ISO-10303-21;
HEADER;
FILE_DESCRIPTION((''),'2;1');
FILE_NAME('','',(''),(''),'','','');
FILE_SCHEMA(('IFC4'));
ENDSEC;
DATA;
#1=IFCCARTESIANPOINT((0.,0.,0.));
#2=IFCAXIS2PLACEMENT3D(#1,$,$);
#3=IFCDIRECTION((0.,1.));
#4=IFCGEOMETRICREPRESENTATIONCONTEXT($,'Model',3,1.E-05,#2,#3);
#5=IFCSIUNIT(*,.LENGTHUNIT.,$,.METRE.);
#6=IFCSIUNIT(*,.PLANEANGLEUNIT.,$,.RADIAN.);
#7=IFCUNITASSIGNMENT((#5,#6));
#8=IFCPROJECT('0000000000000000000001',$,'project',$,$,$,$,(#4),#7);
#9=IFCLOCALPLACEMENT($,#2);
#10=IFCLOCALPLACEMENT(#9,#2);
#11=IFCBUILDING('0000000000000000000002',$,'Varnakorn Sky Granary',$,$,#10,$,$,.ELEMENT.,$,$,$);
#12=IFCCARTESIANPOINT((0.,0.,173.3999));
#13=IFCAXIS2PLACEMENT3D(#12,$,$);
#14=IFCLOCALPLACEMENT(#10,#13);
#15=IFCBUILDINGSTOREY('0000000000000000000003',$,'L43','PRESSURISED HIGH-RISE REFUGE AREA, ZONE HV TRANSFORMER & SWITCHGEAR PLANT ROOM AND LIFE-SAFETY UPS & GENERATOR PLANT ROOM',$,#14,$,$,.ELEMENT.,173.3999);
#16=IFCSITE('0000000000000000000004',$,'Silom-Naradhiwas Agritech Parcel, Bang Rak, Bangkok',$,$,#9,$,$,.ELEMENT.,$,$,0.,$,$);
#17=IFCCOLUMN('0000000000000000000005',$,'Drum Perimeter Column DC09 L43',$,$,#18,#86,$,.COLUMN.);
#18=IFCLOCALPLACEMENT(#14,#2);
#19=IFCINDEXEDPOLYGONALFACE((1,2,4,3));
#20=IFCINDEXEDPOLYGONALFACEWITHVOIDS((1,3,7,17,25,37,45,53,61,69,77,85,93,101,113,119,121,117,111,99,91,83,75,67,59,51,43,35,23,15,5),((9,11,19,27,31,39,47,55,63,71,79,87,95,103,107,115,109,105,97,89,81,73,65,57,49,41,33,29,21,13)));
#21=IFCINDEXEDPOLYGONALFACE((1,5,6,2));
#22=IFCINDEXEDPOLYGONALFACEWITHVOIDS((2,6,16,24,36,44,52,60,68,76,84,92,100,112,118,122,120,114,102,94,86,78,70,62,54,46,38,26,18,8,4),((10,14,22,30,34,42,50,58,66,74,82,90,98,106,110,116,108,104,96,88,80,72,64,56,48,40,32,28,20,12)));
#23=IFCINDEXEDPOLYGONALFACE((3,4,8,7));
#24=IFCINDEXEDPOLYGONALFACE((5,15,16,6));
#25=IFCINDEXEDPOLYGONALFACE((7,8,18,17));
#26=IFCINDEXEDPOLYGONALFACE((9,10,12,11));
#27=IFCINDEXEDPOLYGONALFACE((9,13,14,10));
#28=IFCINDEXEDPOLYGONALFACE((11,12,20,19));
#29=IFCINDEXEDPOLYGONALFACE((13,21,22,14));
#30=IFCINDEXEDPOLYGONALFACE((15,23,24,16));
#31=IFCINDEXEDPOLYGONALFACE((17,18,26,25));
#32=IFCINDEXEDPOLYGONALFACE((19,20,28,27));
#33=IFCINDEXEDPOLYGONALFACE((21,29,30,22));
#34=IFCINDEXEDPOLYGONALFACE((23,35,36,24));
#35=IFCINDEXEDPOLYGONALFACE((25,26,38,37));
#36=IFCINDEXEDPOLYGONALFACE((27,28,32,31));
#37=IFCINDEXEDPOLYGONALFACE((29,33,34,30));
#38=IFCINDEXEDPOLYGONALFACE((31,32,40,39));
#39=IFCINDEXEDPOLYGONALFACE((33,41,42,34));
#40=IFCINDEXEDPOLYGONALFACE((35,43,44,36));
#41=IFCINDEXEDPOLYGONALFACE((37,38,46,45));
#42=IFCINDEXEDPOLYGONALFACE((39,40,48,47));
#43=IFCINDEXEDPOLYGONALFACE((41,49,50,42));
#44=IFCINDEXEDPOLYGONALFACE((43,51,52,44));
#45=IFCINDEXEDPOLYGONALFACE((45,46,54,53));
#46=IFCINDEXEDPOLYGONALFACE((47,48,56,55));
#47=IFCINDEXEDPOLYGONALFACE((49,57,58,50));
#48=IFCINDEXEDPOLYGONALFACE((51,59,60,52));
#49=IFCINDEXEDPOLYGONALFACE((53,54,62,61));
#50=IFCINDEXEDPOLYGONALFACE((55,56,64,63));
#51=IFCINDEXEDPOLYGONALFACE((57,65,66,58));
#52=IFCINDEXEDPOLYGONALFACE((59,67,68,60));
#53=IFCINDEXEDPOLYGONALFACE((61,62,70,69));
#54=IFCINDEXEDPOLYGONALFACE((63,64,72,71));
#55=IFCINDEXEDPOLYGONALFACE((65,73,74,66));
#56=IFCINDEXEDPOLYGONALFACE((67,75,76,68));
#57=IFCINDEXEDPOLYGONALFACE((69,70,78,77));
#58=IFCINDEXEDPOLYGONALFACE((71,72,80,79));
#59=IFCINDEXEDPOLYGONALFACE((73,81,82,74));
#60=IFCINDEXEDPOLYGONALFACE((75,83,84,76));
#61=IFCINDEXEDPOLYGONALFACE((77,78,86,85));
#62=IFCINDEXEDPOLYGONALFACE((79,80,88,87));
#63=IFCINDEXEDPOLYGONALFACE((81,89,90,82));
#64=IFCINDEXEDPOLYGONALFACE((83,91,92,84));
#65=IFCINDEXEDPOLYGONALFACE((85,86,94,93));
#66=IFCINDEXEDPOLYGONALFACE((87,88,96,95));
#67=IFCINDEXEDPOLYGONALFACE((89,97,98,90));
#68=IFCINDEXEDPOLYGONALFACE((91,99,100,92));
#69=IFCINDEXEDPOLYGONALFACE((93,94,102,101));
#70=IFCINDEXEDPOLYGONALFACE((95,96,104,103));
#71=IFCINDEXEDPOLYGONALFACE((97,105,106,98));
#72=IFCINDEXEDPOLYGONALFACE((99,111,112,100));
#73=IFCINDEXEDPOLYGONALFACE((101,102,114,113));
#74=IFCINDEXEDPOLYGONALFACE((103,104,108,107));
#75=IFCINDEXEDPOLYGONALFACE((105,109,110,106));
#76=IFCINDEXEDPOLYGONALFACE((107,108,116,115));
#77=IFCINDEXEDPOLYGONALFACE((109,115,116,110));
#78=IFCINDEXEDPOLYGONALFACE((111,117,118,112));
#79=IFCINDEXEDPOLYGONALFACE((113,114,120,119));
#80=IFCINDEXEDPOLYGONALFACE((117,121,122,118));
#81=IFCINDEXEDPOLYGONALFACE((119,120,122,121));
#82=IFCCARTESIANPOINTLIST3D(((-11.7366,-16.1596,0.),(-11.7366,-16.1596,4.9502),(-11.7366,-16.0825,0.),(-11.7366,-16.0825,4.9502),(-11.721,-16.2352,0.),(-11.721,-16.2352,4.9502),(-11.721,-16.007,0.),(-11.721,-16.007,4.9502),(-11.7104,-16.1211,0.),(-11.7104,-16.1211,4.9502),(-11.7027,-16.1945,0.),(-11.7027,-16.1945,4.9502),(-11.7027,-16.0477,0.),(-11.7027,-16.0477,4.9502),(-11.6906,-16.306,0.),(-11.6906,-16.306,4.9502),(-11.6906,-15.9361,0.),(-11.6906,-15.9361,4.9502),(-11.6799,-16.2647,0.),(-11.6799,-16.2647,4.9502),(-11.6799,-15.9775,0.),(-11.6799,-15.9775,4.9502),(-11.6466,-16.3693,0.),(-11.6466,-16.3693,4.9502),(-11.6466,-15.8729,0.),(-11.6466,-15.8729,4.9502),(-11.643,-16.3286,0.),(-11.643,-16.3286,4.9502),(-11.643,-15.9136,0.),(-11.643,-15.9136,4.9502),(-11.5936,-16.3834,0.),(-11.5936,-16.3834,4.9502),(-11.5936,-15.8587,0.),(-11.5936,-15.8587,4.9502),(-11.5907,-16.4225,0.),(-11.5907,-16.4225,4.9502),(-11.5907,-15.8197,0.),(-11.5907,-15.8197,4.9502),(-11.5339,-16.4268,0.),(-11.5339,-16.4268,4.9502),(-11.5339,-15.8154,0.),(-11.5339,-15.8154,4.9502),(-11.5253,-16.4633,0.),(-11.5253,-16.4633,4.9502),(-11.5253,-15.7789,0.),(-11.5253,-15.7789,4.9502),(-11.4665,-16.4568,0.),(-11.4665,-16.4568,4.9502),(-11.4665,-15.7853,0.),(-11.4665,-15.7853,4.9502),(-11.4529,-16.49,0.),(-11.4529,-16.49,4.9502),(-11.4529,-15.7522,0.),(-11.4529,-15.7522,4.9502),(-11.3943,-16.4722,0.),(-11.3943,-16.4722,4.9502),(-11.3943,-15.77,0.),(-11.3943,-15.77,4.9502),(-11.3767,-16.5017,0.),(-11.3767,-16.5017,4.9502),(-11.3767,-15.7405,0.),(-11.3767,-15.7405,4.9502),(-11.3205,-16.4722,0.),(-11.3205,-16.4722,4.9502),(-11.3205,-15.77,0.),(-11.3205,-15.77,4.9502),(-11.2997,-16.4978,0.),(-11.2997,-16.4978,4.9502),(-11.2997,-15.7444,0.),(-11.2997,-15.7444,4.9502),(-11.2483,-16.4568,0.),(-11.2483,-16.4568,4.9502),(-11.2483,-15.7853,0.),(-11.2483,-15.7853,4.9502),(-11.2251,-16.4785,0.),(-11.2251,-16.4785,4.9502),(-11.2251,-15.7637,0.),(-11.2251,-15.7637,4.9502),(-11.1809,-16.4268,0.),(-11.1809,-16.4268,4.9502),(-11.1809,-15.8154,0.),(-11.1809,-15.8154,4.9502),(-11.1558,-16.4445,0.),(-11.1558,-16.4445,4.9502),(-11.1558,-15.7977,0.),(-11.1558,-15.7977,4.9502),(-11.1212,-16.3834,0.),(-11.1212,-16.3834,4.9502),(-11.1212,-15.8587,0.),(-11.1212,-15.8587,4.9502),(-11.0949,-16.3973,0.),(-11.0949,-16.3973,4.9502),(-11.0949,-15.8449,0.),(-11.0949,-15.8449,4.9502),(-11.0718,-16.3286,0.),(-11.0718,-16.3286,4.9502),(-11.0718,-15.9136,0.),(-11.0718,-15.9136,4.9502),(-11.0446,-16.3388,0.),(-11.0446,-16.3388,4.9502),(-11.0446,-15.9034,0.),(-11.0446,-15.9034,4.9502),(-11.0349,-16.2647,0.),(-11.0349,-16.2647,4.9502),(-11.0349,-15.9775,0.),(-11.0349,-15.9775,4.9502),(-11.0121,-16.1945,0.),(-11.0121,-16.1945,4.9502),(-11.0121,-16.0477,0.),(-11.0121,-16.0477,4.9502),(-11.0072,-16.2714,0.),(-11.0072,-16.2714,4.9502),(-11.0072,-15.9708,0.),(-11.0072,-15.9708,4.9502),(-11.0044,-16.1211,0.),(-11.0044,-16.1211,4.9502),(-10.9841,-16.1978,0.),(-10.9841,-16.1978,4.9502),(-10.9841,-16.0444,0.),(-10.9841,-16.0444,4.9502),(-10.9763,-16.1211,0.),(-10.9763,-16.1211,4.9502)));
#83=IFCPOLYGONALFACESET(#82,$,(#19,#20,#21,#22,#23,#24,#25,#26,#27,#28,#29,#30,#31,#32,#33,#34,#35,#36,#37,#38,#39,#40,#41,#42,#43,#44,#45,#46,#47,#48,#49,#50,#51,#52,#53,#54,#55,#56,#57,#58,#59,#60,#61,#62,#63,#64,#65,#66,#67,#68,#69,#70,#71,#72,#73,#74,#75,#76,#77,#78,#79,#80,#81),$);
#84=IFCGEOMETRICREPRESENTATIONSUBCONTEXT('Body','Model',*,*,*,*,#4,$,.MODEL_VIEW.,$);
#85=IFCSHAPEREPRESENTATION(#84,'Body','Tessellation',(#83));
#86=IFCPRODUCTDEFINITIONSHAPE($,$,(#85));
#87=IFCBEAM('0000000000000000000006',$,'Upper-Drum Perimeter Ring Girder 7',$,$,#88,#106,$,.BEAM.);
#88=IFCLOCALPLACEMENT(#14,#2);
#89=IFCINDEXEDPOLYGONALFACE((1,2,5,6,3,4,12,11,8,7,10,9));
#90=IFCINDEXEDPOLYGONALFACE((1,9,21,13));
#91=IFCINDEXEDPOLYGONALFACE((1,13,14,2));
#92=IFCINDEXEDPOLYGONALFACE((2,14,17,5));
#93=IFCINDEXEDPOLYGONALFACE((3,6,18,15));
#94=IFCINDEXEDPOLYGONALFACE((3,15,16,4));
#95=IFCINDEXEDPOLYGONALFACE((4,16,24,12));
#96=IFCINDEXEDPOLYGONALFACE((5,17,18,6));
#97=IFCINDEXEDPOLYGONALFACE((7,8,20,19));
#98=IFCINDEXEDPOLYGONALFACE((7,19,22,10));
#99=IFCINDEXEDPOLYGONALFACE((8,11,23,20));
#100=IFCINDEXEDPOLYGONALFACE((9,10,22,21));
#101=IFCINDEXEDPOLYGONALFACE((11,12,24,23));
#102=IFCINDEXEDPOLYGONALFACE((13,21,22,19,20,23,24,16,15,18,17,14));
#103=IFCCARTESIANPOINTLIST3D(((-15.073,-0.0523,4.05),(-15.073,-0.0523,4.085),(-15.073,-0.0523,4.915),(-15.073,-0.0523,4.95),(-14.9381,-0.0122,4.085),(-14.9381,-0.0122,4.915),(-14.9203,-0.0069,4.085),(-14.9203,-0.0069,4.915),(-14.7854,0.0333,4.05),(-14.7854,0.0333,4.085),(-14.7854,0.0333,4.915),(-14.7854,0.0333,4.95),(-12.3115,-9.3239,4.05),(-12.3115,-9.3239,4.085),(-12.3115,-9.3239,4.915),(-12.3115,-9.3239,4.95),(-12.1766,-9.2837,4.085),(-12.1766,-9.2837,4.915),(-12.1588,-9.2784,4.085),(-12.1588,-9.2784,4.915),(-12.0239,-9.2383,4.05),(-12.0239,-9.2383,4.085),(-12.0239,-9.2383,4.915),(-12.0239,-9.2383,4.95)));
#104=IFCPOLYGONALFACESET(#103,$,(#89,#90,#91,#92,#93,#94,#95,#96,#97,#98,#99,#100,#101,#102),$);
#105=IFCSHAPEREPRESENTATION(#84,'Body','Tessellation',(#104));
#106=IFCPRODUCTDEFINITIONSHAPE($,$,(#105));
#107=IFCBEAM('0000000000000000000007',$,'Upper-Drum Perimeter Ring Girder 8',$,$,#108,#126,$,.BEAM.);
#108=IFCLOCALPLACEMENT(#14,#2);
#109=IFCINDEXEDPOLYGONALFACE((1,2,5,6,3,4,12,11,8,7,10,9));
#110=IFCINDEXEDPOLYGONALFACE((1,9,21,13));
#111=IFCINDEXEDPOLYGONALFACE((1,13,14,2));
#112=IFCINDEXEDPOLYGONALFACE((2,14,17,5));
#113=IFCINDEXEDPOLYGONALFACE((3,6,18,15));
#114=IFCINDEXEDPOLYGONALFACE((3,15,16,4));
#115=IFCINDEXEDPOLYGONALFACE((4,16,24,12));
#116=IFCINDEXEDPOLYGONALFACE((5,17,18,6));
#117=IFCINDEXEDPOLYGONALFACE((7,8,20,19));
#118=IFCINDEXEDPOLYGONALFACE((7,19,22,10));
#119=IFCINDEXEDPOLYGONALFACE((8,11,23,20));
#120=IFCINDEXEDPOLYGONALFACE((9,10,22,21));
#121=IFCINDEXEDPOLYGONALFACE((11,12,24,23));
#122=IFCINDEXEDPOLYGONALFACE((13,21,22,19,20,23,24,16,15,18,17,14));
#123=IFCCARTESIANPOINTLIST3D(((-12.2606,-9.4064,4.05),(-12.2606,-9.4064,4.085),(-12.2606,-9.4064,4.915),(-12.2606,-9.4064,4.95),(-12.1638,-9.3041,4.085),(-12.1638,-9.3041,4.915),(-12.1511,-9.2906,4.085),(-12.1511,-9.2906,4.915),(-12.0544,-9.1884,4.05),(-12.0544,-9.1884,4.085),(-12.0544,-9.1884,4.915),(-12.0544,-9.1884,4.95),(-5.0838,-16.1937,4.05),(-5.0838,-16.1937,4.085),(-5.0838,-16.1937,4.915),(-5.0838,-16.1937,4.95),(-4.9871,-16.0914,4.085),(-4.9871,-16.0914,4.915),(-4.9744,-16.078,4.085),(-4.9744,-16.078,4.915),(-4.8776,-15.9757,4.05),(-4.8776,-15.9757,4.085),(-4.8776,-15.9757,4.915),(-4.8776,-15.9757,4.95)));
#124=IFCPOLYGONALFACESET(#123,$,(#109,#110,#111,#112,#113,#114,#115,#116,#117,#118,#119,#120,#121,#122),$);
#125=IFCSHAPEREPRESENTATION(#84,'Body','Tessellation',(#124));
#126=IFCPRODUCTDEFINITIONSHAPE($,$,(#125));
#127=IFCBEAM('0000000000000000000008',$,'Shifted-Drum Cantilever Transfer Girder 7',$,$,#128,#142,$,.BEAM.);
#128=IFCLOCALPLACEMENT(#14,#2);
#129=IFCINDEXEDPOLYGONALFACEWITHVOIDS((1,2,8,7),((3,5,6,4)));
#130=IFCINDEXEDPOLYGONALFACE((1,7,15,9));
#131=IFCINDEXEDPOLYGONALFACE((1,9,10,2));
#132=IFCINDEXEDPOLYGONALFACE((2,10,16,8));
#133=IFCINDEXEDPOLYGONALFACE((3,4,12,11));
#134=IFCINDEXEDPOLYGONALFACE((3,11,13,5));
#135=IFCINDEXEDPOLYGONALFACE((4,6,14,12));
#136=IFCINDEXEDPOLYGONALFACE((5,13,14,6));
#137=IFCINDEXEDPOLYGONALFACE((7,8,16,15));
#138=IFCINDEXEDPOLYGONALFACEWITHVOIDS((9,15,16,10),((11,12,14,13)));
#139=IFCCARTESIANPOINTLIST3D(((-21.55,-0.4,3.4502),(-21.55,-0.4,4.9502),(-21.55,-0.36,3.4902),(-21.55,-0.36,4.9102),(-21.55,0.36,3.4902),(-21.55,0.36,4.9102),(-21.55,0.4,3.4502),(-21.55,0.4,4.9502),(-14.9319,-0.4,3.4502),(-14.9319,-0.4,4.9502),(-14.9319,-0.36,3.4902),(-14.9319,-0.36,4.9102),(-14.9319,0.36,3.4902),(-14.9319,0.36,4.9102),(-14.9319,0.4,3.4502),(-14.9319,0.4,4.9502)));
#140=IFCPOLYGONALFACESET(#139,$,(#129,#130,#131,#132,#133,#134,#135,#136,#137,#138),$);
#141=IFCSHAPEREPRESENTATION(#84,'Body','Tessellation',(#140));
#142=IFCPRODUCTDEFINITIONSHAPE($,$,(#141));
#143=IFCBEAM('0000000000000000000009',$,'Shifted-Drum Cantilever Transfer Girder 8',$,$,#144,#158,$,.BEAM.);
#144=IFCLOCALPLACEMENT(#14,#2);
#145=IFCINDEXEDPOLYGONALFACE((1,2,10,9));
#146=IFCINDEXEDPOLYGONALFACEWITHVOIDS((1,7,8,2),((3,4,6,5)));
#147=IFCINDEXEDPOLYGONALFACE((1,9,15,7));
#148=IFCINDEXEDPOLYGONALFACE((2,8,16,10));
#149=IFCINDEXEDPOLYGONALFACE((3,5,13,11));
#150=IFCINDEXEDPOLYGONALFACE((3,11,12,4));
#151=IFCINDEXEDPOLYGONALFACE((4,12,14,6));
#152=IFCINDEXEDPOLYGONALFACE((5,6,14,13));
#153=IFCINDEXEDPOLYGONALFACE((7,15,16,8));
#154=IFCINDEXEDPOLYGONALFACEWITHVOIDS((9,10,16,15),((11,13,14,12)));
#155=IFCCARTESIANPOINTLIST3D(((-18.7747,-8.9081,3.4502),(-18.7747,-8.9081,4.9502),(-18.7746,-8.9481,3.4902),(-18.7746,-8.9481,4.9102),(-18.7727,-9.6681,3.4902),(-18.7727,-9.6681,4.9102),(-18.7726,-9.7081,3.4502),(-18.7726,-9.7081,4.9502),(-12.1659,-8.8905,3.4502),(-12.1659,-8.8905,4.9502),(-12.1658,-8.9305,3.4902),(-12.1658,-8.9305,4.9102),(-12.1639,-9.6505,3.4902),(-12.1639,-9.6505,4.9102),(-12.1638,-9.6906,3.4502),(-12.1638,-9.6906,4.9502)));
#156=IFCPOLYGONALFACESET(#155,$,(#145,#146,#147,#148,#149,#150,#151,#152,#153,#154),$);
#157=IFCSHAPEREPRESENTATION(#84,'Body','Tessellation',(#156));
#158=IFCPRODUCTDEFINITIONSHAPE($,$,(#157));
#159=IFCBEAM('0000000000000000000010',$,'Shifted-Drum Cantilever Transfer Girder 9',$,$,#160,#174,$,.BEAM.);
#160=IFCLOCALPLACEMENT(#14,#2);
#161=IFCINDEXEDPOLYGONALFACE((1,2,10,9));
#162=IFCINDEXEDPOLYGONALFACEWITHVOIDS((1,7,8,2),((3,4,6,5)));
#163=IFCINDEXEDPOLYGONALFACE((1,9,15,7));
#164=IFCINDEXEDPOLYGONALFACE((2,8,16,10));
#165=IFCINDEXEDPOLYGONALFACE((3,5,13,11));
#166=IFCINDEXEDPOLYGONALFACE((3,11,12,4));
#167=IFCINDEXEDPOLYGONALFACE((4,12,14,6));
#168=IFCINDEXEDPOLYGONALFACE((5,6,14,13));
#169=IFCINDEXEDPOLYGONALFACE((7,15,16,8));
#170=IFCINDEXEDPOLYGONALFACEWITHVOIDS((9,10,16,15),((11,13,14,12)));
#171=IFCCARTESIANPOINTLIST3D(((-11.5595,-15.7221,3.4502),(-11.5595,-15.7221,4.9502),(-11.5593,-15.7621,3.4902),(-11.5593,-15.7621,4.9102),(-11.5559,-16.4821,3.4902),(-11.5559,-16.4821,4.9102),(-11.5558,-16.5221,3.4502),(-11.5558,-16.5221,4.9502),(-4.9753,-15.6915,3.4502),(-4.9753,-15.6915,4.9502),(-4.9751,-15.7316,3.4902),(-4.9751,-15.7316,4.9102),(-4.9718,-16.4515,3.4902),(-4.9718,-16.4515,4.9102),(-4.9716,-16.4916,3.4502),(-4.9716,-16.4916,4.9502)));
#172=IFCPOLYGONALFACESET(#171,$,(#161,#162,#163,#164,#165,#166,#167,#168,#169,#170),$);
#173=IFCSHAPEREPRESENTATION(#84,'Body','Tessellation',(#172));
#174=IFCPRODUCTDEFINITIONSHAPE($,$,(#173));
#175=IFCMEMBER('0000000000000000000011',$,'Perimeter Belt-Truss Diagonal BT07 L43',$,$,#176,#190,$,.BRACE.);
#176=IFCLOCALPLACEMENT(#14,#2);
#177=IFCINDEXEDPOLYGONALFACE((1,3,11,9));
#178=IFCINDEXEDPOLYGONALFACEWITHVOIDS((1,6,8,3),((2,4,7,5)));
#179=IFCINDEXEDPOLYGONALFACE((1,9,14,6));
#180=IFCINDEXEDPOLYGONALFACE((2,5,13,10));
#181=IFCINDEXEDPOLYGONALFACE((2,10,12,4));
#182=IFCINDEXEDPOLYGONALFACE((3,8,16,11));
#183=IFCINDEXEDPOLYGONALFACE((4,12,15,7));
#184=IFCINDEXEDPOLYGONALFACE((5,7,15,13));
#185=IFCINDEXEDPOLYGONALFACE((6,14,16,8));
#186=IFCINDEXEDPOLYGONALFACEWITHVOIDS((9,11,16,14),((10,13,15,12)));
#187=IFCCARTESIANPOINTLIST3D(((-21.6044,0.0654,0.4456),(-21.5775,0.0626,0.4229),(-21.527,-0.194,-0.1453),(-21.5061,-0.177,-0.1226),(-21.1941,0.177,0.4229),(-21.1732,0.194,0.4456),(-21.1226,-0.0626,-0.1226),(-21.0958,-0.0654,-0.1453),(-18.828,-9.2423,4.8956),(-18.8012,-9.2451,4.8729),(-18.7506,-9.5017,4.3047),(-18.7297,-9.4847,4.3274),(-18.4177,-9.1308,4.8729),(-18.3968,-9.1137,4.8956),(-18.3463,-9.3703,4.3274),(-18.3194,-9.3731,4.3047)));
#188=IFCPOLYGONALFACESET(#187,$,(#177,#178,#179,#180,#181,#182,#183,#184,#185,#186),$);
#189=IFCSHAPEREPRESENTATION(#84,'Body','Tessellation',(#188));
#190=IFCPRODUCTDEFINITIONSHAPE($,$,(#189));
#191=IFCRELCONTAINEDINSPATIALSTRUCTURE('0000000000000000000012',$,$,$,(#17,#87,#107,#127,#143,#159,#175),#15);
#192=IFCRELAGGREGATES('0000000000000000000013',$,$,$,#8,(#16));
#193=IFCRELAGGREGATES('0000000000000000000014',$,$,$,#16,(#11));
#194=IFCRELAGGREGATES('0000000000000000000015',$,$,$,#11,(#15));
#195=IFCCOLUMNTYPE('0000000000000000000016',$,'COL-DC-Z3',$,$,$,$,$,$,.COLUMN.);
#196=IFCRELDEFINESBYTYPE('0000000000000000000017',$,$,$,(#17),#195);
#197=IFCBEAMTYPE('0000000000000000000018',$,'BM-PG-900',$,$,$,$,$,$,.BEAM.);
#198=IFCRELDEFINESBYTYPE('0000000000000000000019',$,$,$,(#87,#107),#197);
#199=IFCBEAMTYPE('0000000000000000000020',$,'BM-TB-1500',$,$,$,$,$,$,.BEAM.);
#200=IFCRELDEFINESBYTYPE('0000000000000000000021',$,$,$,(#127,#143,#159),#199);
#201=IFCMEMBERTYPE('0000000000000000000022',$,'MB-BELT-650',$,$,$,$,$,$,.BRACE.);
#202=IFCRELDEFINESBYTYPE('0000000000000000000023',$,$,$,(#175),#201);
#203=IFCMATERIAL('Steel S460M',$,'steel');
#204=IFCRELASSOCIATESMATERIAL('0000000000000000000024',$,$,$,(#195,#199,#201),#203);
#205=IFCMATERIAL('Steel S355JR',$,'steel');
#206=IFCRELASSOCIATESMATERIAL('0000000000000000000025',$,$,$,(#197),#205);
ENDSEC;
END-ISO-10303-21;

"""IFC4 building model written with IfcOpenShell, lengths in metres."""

from ifc_helpers import new_model, si_unit, direction, frame, origin, origin_2d, place, context, subcontext, project, spatial, hollow_rectangle, hollow_circle, i_section, extrude, material, material_profile, profile_set, type_object, element, save


model = new_model("IFC4")

# Units and contexts
model_context = context("Model", 3, precision=1e-05, world=origin(), true_north=direction((0.0, 1.0)))
body_context = subcontext(model_context, "Body", "Model", "MODEL_VIEW")
ifc_project = project(units=[si_unit("LENGTHUNIT", "METRE"), si_unit("PLANEANGLEUNIT", "RADIAN")], contexts=[model_context])

# Site, building, storey
site_placement = place(None, origin())
site = spatial("IfcSite", under=ifc_project, at=site_placement, Name="Silom-Naradhiwas Agritech Parcel, Bang Rak, Bangkok", CompositionType="ELEMENT", RefElevation=0.0)
building_placement = place(site_placement, origin())
building = spatial("IfcBuilding", under=site, at=building_placement, Name="Varnakorn Sky Granary", CompositionType="ELEMENT")
storey_placement = place(building_placement, frame((0.0, 0.0, 173.3999)))
storey = spatial("IfcBuildingStorey", under=building, at=storey_placement, Name="L43", Description="PRESSURISED HIGH-RISE REFUGE AREA, ZONE HV TRANSFORMER & SWITCHGEAR PLANT ROOM AND LIFE-SAFETY UPS & GENERATOR PLANT ROOM", CompositionType="ELEMENT", Elevation=173.3999)

# Column
ifc_material_1 = material(Name="Steel S460M", Category="steel")
ifc_material_profile_1 = material_profile(ifc_material_1, hollow_circle(Radius=0.3811, WallThickness=0.0281, at=origin_2d()), Name="CHS 762x28")
ifc_profile_set_1 = profile_set([ifc_material_profile_1], Name="Steel S460M")
column_type = type_object("IfcColumnType", Name="COL-DC-Z3", PredefinedType="COLUMN", material=ifc_profile_set_1)
for number, where, z_axis, x_axis, name in (
    (1, (-11.3574, -16.1211, 0.0), (0.0, 0.0, 1.0), (1.0, 0.0, 0.0), "Drum Perimeter Column DC09 L43"),
):
    element("IfcColumn", number, at=place(storey_placement, frame(where, z_axis=z_axis, x_axis=x_axis)), inside=storey, type_object=column_type, Name=name, PredefinedType="COLUMN", context=body_context, shape_type="SweptSolid", body=[
        extrude(hollow_circle(Radius=0.3811, WallThickness=0.0281, at=origin_2d()), origin(), (0.0, 0.0, 1.0), 4.9502),
    ])

# Beams
ifc_material_2 = material(Name="Steel S355JR", Category="steel")
ifc_material_profile_2 = material_profile(ifc_material_2, i_section(OverallWidth=0.3, OverallDepth=0.8999, WebThickness=0.0186, FlangeThickness=0.0349, at=origin_2d()), Name="HE 900 B")
ifc_profile_set_2 = profile_set([ifc_material_profile_2], Name="Steel S355JR")
beam_type_1 = type_object("IfcBeamType", Name="BM-PG-900", PredefinedType="BEAM", material=ifc_profile_set_2)
beam_1_placement = place(storey_placement, frame((-14.9292, -0.0095, 4.5), z_axis=(0.285453, -0.958393, 0.0), x_axis=(0.958393, 0.285453, 0.0)))
element("IfcBeam", 2, at=beam_1_placement, inside=storey, type_object=beam_type_1, Name="Upper-Drum Perimeter Ring Girder 7", PredefinedType="BEAM", context=body_context, shape_type="SweptSolid", body=[
    extrude(i_section(OverallWidth=0.3, OverallDepth=0.8999, WebThickness=0.0186, FlangeThickness=0.0349, at=origin_2d()), origin(), (0.0, 0.0, 1.0), 9.6741),
])
beam_2_placement = place(storey_placement, frame((-12.1575, -9.2974, 4.5), z_axis=(0.726543, -0.687121, 0.0), x_axis=(0.687121, 0.726543, 0.0)))
element("IfcBeam", 3, at=beam_2_placement, inside=storey, type_object=beam_type_1, Name="Upper-Drum Perimeter Ring Girder 8", PredefinedType="BEAM", context=body_context, shape_type="SweptSolid", body=[
    extrude(i_section(OverallWidth=0.3, OverallDepth=0.8999, WebThickness=0.0186, FlangeThickness=0.0349, at=origin_2d()), origin(), (0.0, 0.0, 1.0), 9.8779),
])
ifc_material_profile_3 = material_profile(ifc_material_1, hollow_rectangle(XDim=0.8, YDim=1.5, WallThickness=0.04, at=origin_2d()), Name="BOX 800x1500x40")
ifc_profile_set_3 = profile_set([ifc_material_profile_3], Name="Steel S460M")
beam_type_2 = type_object("IfcBeamType", Name="BM-TB-1500", PredefinedType="BEAM", material=ifc_profile_set_3)
beam_3_placement = place(storey_placement, frame((-21.55, 0.0, 4.2002), z_axis=(1.0, 0.0, 0.0), x_axis=(0.0, 1.0, 0.0)))
element("IfcBeam", 4, at=beam_3_placement, inside=storey, type_object=beam_type_2, Name="Shifted-Drum Cantilever Transfer Girder 7", PredefinedType="BEAM", context=body_context, shape_type="SweptSolid", body=[
    extrude(hollow_rectangle(XDim=0.8, YDim=1.5, WallThickness=0.04, at=origin_2d()), origin(), (0.0, 0.0, 1.0), 6.6182),
])
beam_4_placement = place(storey_placement, frame((-18.7737, -9.3081, 4.2002), z_axis=(0.999996, 0.00266, 0.0), x_axis=(-0.00266, 0.999996, 0.0)))
element("IfcBeam", 5, at=beam_4_placement, inside=storey, type_object=beam_type_2, Name="Shifted-Drum Cantilever Transfer Girder 8", PredefinedType="BEAM", context=body_context, shape_type="SweptSolid", body=[
    extrude(hollow_rectangle(XDim=0.8, YDim=1.5, WallThickness=0.04, at=origin_2d()), origin(), (0.0, 0.0, 1.0), 6.6089),
])
beam_5_placement = place(storey_placement, frame((-11.5576, -16.1221, 4.2002), z_axis=(0.999989, 0.004635, 0.0), x_axis=(-0.004635, 0.999989, 0.0)))
element("IfcBeam", 6, at=beam_5_placement, inside=storey, type_object=beam_type_2, Name="Shifted-Drum Cantilever Transfer Girder 9", PredefinedType="BEAM", context=body_context, shape_type="SweptSolid", body=[
    extrude(hollow_rectangle(XDim=0.8, YDim=1.5, WallThickness=0.04, at=origin_2d()), origin(), (0.0, 0.0, 1.0), 6.5842),
])

# Member
ifc_material_profile_4 = material_profile(ifc_material_1, hollow_rectangle(XDim=0.45, YDim=0.6499, WallThickness=0.0249, at=origin_2d()), Name="RHS 450x650x25")
ifc_profile_set_4 = profile_set([ifc_material_profile_4], Name="Steel S460M")
member_type_1 = type_object("IfcMemberType", Name="MB-BELT-650", PredefinedType="BRACE", material=ifc_profile_set_4)
member_1_placement = place(storey_placement, frame((-21.3501, 0.0, 0.1501), z_axis=(0.259869, -0.871196, 0.416517), x_axis=(0.958276, 0.285844, 0.0)))
element("IfcMember", 7, at=member_1_placement, inside=storey, type_object=member_type_1, Name="Perimeter Belt-Truss Diagonal BT07 L43", PredefinedType="BRACE", context=body_context, shape_type="SweptSolid", body=[
    extrude(hollow_rectangle(XDim=0.45, YDim=0.6499, WallThickness=0.0249, at=origin_2d()), origin(), (0.0, 0.0, 1.0), 10.6838),
])

save(model, "model.ifc")
